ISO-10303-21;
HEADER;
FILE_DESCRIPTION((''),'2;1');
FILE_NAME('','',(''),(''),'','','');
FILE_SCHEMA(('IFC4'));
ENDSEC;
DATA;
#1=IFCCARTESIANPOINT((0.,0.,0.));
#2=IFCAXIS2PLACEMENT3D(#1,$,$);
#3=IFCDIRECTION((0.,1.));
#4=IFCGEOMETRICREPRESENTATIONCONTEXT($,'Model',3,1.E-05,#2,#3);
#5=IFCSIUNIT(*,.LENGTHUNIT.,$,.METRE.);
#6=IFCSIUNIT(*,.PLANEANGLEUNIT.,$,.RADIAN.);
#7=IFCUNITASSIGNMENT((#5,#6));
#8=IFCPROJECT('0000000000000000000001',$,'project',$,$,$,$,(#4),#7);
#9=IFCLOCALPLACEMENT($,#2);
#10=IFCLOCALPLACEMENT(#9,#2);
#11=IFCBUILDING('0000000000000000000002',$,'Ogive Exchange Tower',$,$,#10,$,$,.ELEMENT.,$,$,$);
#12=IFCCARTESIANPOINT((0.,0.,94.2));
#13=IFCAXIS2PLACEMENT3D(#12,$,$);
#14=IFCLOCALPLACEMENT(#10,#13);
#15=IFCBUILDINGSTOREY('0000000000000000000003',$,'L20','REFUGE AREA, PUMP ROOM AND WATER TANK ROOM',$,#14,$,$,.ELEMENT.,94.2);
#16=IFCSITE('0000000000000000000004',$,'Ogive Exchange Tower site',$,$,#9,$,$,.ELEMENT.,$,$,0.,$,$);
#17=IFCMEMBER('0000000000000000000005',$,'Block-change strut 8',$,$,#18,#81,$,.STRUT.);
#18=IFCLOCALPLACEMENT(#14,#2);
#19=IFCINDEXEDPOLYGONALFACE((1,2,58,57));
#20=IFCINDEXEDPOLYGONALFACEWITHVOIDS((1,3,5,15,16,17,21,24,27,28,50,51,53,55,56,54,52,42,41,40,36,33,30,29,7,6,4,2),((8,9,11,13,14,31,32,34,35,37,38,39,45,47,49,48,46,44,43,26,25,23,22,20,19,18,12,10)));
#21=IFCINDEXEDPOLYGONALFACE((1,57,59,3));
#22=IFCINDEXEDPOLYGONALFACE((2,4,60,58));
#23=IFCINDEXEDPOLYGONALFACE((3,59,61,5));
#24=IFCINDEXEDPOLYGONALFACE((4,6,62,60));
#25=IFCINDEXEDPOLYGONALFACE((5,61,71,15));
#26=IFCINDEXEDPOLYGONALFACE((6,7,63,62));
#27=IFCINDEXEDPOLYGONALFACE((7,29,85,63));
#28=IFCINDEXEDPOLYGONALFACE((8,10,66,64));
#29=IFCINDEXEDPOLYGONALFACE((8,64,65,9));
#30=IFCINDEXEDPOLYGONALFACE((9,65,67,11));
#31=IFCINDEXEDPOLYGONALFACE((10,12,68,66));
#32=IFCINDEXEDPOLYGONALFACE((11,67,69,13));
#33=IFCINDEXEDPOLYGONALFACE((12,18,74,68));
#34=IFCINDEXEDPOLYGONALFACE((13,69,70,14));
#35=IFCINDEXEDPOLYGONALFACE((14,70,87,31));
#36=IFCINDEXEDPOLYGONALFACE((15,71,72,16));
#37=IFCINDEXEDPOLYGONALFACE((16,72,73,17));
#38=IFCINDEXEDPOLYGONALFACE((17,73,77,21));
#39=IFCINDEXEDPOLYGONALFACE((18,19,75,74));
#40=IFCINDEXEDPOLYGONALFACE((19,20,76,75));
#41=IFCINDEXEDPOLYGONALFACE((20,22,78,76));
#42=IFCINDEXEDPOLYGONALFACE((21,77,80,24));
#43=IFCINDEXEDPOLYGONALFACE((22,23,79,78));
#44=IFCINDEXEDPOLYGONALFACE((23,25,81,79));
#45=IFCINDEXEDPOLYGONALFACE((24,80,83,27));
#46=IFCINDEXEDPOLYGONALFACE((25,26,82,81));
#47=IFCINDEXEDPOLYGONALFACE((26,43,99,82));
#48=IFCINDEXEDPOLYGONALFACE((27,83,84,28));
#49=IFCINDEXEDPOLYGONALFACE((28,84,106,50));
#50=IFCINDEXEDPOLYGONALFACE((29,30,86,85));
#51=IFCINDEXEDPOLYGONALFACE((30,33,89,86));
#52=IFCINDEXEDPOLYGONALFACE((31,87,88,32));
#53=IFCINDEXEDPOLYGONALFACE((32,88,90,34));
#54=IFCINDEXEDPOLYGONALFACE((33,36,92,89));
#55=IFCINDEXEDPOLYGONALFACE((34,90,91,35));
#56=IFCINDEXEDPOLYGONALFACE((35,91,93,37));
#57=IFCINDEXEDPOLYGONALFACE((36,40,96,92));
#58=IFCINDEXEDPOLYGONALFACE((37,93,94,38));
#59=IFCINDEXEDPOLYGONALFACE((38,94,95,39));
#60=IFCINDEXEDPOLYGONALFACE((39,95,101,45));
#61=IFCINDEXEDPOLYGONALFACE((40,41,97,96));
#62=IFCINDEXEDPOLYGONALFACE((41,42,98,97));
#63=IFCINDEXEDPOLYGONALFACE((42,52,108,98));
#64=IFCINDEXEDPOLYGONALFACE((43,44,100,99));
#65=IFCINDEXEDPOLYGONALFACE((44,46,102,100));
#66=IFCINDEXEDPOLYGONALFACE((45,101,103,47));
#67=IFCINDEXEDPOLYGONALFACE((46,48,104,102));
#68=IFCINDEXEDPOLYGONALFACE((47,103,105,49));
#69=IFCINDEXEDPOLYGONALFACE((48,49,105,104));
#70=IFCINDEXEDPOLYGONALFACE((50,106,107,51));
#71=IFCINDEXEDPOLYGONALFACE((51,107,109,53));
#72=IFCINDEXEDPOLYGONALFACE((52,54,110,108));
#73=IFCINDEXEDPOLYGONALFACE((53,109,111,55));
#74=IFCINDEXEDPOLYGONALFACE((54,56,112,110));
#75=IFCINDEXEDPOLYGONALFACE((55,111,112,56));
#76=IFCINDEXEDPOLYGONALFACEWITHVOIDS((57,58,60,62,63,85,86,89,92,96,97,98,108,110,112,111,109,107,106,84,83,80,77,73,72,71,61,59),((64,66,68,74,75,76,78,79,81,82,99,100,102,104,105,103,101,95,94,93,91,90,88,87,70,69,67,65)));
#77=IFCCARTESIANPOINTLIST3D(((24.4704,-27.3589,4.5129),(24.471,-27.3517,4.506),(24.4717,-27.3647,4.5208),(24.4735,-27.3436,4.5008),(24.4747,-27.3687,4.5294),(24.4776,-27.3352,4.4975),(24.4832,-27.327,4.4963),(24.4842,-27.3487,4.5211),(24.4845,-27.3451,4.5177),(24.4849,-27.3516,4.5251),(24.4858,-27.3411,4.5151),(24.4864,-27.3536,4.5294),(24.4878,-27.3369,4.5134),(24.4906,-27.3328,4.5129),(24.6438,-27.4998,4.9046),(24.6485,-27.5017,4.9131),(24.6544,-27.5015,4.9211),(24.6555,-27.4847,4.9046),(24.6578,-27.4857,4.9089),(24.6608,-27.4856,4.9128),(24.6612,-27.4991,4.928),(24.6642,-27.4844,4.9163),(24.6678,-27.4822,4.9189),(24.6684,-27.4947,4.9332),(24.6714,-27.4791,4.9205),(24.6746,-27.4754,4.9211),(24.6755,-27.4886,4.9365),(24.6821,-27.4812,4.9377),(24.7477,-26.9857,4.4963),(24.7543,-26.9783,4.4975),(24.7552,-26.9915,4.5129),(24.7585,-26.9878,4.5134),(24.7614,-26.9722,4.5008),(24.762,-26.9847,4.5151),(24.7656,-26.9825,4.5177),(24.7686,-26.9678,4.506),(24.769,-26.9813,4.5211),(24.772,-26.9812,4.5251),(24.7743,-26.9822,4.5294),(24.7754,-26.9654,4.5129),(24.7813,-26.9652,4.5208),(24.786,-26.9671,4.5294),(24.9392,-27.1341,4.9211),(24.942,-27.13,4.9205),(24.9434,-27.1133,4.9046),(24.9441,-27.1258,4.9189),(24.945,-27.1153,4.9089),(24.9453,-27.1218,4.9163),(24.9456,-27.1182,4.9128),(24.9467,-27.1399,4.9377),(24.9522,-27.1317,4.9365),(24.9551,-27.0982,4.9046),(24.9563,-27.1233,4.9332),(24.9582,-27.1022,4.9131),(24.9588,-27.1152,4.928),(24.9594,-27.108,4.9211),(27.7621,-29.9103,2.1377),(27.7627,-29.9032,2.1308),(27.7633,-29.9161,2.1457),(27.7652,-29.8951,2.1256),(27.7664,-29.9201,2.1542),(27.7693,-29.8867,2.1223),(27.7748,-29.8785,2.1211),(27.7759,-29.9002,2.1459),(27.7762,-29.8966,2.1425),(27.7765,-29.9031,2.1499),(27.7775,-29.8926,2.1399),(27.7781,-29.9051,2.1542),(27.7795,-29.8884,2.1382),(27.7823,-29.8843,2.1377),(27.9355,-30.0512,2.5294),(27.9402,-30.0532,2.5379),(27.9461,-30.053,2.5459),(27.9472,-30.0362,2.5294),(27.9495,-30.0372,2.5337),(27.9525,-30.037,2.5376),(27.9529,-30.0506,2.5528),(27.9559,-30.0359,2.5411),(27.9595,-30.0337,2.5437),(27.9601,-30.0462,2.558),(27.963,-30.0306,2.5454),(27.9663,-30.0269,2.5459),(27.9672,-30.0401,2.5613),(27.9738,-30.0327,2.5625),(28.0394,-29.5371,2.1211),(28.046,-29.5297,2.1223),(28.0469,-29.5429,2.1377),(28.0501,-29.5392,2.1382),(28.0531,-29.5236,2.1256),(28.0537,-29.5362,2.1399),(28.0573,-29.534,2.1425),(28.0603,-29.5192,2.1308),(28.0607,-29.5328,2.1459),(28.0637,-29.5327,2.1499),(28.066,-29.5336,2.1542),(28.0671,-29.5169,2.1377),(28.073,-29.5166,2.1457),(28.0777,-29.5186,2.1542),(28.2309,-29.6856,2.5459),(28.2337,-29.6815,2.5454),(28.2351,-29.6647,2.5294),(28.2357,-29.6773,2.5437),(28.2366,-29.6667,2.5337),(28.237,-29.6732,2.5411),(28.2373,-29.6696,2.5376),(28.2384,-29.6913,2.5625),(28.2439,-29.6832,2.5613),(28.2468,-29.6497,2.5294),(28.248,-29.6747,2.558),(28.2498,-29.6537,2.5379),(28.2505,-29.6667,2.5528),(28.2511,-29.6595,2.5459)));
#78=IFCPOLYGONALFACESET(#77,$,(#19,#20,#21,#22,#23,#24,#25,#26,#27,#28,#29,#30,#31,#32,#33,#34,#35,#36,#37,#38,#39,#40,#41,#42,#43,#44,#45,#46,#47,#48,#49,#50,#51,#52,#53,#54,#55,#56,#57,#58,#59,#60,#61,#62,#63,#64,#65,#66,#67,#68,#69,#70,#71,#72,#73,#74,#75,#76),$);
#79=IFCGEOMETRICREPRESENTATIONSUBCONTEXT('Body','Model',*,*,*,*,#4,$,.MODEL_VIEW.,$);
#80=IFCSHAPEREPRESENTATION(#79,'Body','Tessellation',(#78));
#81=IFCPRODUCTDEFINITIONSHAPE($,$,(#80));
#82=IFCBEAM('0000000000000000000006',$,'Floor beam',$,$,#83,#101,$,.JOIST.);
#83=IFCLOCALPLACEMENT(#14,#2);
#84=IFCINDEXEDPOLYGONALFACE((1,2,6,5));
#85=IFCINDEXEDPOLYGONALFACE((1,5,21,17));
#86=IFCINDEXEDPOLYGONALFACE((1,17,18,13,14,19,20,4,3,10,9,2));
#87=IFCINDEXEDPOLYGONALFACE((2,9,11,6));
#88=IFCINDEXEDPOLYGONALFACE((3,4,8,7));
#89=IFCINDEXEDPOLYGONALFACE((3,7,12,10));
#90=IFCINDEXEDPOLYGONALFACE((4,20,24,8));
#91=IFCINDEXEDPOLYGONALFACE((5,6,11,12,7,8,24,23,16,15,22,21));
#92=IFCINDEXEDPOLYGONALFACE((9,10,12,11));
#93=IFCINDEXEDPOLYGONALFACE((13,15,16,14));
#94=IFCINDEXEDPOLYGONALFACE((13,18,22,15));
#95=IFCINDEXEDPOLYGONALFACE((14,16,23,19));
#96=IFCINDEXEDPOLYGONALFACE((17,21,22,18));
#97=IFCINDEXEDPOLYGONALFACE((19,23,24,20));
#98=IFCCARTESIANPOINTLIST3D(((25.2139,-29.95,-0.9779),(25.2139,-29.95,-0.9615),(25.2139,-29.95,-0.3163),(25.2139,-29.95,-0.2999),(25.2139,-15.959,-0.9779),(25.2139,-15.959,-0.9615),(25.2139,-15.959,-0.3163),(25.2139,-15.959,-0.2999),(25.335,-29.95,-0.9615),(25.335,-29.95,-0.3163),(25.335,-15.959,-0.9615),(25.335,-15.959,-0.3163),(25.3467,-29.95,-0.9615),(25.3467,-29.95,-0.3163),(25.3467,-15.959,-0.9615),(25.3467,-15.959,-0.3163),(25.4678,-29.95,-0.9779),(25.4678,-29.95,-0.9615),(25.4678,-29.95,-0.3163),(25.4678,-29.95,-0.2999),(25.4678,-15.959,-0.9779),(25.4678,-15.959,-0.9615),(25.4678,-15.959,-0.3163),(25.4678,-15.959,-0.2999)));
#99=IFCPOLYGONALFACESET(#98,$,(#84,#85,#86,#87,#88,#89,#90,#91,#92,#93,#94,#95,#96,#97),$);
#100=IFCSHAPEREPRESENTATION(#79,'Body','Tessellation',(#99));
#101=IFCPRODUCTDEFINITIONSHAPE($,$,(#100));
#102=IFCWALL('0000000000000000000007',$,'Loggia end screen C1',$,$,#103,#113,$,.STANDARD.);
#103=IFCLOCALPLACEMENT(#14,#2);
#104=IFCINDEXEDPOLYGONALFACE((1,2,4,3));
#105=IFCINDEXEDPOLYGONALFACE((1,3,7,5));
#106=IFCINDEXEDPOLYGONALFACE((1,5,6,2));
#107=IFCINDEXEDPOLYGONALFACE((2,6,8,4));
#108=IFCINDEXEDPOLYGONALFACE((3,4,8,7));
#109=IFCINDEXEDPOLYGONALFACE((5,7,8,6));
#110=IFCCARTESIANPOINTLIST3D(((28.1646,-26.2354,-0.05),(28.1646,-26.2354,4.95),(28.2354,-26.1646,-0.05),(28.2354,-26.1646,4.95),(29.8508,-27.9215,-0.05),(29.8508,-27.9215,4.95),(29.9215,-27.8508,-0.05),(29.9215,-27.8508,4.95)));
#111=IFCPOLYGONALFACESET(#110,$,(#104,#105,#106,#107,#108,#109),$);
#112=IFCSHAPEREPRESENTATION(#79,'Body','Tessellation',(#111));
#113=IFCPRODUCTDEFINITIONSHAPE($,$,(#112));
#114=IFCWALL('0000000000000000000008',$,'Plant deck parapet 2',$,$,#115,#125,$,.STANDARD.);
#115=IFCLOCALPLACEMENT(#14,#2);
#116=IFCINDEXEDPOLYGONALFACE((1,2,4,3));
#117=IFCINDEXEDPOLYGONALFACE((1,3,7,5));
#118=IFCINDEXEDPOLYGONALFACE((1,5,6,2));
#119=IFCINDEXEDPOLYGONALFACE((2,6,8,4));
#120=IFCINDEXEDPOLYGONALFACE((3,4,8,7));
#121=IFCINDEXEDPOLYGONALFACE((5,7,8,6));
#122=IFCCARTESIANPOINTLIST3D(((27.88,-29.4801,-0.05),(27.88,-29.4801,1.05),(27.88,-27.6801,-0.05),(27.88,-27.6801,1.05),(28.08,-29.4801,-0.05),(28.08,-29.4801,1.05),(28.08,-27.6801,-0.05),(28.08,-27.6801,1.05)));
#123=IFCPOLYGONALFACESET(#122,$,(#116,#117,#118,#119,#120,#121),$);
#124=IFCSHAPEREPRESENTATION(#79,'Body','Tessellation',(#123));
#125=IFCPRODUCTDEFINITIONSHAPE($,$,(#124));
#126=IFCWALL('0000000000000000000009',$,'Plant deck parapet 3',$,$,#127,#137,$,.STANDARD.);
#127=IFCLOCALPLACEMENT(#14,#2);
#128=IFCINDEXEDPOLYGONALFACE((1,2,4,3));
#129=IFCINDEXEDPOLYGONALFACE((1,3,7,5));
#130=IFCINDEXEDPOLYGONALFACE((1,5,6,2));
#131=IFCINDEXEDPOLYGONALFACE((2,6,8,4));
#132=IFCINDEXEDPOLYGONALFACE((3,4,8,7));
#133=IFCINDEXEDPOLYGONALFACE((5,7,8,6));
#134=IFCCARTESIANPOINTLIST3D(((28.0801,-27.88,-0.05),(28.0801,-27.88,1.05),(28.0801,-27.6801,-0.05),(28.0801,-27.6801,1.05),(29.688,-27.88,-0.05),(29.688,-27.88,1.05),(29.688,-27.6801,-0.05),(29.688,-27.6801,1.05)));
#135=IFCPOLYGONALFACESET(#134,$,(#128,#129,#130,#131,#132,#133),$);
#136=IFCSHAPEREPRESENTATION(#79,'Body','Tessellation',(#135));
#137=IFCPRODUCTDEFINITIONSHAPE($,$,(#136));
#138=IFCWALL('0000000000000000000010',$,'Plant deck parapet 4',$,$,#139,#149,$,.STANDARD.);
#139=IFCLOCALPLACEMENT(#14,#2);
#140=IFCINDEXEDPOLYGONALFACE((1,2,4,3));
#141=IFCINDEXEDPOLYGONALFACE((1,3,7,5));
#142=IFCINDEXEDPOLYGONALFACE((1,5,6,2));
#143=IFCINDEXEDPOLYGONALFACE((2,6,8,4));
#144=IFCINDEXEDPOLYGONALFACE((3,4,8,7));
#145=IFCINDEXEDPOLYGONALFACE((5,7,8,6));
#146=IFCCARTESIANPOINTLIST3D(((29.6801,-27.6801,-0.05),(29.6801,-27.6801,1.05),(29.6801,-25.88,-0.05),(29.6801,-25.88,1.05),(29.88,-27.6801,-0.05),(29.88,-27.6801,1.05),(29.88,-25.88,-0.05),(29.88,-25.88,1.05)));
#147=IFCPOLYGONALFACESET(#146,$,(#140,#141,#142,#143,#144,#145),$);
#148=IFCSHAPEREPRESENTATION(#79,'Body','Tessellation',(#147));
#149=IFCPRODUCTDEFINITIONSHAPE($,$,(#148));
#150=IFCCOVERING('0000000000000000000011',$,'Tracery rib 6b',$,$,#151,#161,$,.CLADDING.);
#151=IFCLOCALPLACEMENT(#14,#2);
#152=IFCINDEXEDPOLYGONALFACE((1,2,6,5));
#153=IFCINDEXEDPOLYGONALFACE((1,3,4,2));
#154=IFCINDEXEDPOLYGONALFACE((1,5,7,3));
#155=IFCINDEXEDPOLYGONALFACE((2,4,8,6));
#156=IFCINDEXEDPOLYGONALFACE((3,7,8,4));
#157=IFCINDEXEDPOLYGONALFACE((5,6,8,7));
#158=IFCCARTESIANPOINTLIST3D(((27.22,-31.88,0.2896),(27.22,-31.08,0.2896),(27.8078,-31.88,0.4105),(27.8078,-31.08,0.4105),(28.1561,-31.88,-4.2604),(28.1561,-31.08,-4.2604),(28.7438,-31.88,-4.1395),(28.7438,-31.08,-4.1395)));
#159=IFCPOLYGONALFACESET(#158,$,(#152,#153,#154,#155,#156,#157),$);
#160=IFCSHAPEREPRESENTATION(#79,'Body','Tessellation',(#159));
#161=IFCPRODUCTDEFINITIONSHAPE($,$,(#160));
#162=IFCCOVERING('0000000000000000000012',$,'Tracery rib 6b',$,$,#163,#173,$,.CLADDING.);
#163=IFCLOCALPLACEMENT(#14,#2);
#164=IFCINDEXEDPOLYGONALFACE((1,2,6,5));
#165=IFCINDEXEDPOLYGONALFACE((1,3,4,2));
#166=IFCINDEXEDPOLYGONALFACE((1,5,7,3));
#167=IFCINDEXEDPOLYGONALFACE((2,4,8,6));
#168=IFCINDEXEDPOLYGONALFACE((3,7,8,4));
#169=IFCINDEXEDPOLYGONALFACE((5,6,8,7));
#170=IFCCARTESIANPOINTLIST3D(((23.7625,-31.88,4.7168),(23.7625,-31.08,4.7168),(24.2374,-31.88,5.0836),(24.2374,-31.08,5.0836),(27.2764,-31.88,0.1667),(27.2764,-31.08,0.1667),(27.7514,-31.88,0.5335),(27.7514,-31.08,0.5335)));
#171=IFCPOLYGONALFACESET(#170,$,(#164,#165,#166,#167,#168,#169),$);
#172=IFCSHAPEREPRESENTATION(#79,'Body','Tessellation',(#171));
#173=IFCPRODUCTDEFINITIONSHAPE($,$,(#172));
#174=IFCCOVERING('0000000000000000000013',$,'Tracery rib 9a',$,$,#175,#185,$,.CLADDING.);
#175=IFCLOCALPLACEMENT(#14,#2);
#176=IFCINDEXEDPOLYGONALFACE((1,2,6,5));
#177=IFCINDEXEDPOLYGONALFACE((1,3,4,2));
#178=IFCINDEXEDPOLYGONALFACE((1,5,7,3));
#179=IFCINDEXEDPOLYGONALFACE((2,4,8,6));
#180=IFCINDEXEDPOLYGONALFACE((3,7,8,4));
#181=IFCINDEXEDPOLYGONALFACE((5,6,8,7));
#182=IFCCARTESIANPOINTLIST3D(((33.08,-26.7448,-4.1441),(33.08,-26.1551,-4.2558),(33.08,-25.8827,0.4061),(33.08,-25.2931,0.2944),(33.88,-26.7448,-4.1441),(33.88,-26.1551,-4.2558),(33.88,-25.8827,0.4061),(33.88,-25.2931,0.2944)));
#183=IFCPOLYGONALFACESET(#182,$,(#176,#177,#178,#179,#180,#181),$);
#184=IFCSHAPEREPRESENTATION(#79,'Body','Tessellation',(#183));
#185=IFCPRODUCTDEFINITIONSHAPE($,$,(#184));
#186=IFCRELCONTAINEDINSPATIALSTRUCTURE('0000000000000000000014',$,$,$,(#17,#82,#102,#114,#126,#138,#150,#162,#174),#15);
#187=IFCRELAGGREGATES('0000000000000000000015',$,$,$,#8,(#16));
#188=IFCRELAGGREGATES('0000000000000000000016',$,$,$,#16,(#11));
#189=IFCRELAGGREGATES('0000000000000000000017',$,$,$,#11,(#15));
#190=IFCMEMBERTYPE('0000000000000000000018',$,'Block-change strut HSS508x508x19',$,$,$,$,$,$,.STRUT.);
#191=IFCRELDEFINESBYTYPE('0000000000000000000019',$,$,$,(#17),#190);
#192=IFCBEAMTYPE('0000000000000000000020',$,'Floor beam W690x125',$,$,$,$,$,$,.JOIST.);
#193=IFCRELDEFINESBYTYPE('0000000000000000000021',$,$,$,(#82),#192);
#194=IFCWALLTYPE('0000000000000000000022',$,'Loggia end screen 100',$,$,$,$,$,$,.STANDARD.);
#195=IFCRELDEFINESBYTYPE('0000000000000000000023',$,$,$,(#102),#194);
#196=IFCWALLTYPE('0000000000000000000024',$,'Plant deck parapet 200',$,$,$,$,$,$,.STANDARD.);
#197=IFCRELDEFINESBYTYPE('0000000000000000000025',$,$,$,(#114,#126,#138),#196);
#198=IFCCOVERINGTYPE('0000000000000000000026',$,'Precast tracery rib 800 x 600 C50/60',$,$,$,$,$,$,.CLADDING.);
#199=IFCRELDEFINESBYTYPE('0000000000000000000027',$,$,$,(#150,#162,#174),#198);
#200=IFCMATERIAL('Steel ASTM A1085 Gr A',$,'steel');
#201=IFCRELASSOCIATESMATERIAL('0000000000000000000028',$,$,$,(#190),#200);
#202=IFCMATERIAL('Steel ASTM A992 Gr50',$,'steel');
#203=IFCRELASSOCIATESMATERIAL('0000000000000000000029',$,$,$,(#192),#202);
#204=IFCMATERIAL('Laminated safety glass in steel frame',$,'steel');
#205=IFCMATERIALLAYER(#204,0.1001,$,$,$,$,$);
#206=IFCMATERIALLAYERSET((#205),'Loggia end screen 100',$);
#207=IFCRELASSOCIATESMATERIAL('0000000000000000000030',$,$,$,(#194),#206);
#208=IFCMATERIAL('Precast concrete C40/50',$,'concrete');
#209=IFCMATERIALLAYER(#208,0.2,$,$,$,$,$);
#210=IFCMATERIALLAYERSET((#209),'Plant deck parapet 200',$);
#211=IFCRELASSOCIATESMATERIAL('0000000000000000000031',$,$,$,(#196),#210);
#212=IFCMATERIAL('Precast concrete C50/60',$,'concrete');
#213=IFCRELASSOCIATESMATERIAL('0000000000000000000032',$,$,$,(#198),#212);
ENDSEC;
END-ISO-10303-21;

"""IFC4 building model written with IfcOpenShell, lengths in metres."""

from ifc_helpers import new_model, si_unit, direction, frame, frame_2d, origin, origin_2d, place, context, subcontext, project, spatial, rectangle, hollow_rectangle, i_section, extrude, material, layer, layer_set, material_profile, profile_set, type_object, element, save


model = new_model("IFC4")

# Units and contexts
model_context = context("Model", 3, precision=1e-05, world=origin(), true_north=direction((0.0, 1.0)))
body_context = subcontext(model_context, "Body", "Model", "MODEL_VIEW")
ifc_project = project(units=[si_unit("LENGTHUNIT", "METRE"), si_unit("PLANEANGLEUNIT", "RADIAN")], contexts=[model_context])

# Site, building, storey
site_placement = place(None, origin())
site = spatial("IfcSite", under=ifc_project, at=site_placement, Name="Ogive Exchange Tower site", CompositionType="ELEMENT", RefElevation=0.0)
building_placement = place(site_placement, origin())
building = spatial("IfcBuilding", under=site, at=building_placement, Name="Ogive Exchange Tower", CompositionType="ELEMENT")
storey_placement = place(building_placement, frame((0.0, 0.0, 94.2)))
storey = spatial("IfcBuildingStorey", under=building, at=storey_placement, Name="L20", Description="REFUGE AREA, PUMP ROOM AND WATER TANK ROOM", CompositionType="ELEMENT", Elevation=94.2)

# Shared definitions
ifc_material_1 = material(Name="Steel ASTM A992 Gr50", Category="steel")

# Shared definitions
ifc_material_2 = material(Name="Steel ASTM A1085 Gr A", Category="steel")

# Member
ifc_material_profile_1 = material_profile(ifc_material_2, hollow_rectangle(XDim=0.5081, YDim=0.5081, WallThickness=0.019, InnerFilletRadius=0.019, OuterFilletRadius=0.0381, at=origin_2d()), Name="HSS508x508x19")
ifc_profile_set_1 = profile_set([ifc_material_profile_1], Name="Steel ASTM A1085 Gr A")
member_type_1 = type_object("IfcMemberType", Name="Block-change strut HSS508x508x19", PredefinedType="STRUT", material=ifc_profile_set_1)
member_1_placement = place(storey_placement, frame((28.0066, -29.7849, 2.3418), z_axis=(-0.686562, 0.532171, 0.495406), x_axis=(-0.612633, -0.790368, 0.0)))
element("IfcMember", 1, at=member_1_placement, inside=storey, type_object=member_type_1, Name="Block-change strut 8", PredefinedType="STRUT", context=body_context, shape_type="SweptSolid", body=[
    extrude(hollow_rectangle(XDim=0.5081, YDim=0.5081, WallThickness=0.019, InnerFilletRadius=0.019, OuterFilletRadius=0.0381, at=origin_2d()), origin(), (0.0, 0.0, 1.0), 4.7944),
])

# Beam
ifc_material_profile_2 = material_profile(ifc_material_1, i_section(OverallWidth=0.2539, OverallDepth=0.678, WebThickness=0.0117, FlangeThickness=0.0164, at=origin_2d()), Name="W690x125")
ifc_profile_set_2 = profile_set([ifc_material_profile_2], Name="Steel ASTM A992 Gr50")
beam_type_1 = type_object("IfcBeamType", Name="Floor beam W690x125", PredefinedType="JOIST", material=ifc_profile_set_2)
beam_placement = place(storey_placement, frame((25.3408, -29.95, -0.6389), z_axis=(0.0, 1.0, 0.0), x_axis=(-1.0, 0.0, 0.0)))
element("IfcBeam", 2, at=beam_placement, inside=storey, type_object=beam_type_1, Name="Floor beam", PredefinedType="JOIST", context=body_context, shape_type="SweptSolid", body=[
    extrude(i_section(OverallWidth=0.2539, OverallDepth=0.678, WebThickness=0.0117, FlangeThickness=0.0164, at=origin_2d()), origin(), (0.0, 0.0, 1.0), 13.991),
])

# Walls
ifc_material_3 = material(Name="Laminated safety glass in steel frame", Category="steel")
ifc_layer_1 = layer(ifc_material_3, 0.1001)
ifc_layer_set_1 = layer_set([ifc_layer_1], Name="Loggia end screen 100")
wall_type_1 = type_object("IfcWallType", Name="Loggia end screen 100", PredefinedType="STANDARD", material=ifc_layer_set_1)
wall_1_placement = place(storey_placement, frame((28.2, -26.2, -0.05), z_axis=(0.0, 0.0, 1.0), x_axis=(0.707107, -0.707107, 0.0)))
element("IfcWall", 3, at=wall_1_placement, inside=storey, type_object=wall_type_1, Name="Loggia end screen C1", PredefinedType="STANDARD", context=body_context, shape_type="SweptSolid", body=[
    extrude(rectangle(XDim=2.3845, YDim=0.1001, at=frame_2d((1.1924, 0.0))), origin(), (0.0, 0.0, 1.0), 5.0),
])
ifc_material_4 = material(Name="Precast concrete C40/50", Category="concrete")
ifc_layer_2 = layer(ifc_material_4, 0.2)
ifc_layer_set_2 = layer_set([ifc_layer_2], Name="Plant deck parapet 200")
wall_type_2 = type_object("IfcWallType", Name="Plant deck parapet 200", PredefinedType="STANDARD", material=ifc_layer_set_2)
wall_2_placement = place(storey_placement, frame((27.98, -29.48, -0.05), z_axis=(0.0, 0.0, 1.0), x_axis=(0.0, 1.0, 0.0)))
element("IfcWall", 4, at=wall_2_placement, inside=storey, type_object=wall_type_2, Name="Plant deck parapet 2", PredefinedType="STANDARD", context=body_context, shape_type="SweptSolid", body=[
    extrude(rectangle(XDim=1.8, YDim=0.2, at=frame_2d((0.8999, 0.0))), origin(), (0.0, 0.0, 1.0), 1.1001),
])
wall_3_placement = place(storey_placement, frame((28.0801, -27.78, -0.05), z_axis=(0.0, 0.0, 1.0), x_axis=(1.0, 0.0, 0.0)))
element("IfcWall", 5, at=wall_3_placement, inside=storey, type_object=wall_type_2, Name="Plant deck parapet 3", PredefinedType="STANDARD", context=body_context, shape_type="SweptSolid", body=[
    extrude(rectangle(XDim=1.6079, YDim=0.2, at=frame_2d((0.804, 0.0))), origin(), (0.0, 0.0, 1.0), 1.1001),
])
wall_4_placement = place(storey_placement, frame((29.78, -27.6799, -0.05), z_axis=(0.0, 0.0, 1.0), x_axis=(0.0, 1.0, 0.0)))
element("IfcWall", 6, at=wall_4_placement, inside=storey, type_object=wall_type_2, Name="Plant deck parapet 4", PredefinedType="STANDARD", context=body_context, shape_type="SweptSolid", body=[
    extrude(rectangle(XDim=1.8, YDim=0.2, at=frame_2d((0.8999, 0.0))), origin(), (0.0, 0.0, 1.0), 1.1001),
])

# Coverings
ifc_material_5 = material(Name="Precast concrete C50/60", Category="concrete")
ifc_material_profile_3 = material_profile(ifc_material_5, rectangle(XDim=0.8, YDim=0.6001, at=origin_2d()), Name="RIB 800 x 600")
ifc_profile_set_3 = profile_set([ifc_material_profile_3], Name="Precast concrete C50/60")
covering_type = type_object("IfcCoveringType", Name="Precast tracery rib 800 x 600 C50/60", PredefinedType="CLADDING", material=ifc_profile_set_3)
covering_1_placement = place(storey_placement, frame((28.45, -31.48, -4.2), z_axis=(-0.2015, 0.0, 0.979488), x_axis=(0.0, -1.0, 0.0)))
element("IfcCovering", 7, at=covering_1_placement, inside=storey, type_object=covering_type, Name="Tracery rib 6b", PredefinedType="CLADDING", context=body_context, shape_type="SweptSolid", body=[
    extrude(rectangle(XDim=0.8, YDim=0.6001, at=origin_2d()), origin(), (0.0, 0.0, 1.0), 4.6453),
])
covering_2_placement = place(storey_placement, frame((27.5139, -31.48, 0.3501), z_axis=(-0.611226, 0.0, 0.791456), x_axis=(0.0, -1.0, 0.0)))
element("IfcCovering", 8, at=covering_2_placement, inside=storey, type_object=covering_type, Name="Tracery rib 6b", PredefinedType="CLADDING", context=body_context, shape_type="SweptSolid", body=[
    extrude(rectangle(XDim=0.8, YDim=0.6001, at=origin_2d()), origin(), (0.0, 0.0, 1.0), 5.749),
])
covering_3_placement = place(storey_placement, frame((33.48, -26.45, -4.2), z_axis=(0.0, 0.18615, 0.982521), x_axis=(-1.0, 0.0, 0.0)))
element("IfcCovering", 9, at=covering_3_placement, inside=storey, type_object=covering_type, Name="Tracery rib 9a", PredefinedType="CLADDING", context=body_context, shape_type="SweptSolid", body=[
    extrude(rectangle(XDim=0.8, YDim=0.6001, at=origin_2d()), origin(), (0.0, 0.0, 1.0), 4.6311),
])

save(model, "model.ifc")
